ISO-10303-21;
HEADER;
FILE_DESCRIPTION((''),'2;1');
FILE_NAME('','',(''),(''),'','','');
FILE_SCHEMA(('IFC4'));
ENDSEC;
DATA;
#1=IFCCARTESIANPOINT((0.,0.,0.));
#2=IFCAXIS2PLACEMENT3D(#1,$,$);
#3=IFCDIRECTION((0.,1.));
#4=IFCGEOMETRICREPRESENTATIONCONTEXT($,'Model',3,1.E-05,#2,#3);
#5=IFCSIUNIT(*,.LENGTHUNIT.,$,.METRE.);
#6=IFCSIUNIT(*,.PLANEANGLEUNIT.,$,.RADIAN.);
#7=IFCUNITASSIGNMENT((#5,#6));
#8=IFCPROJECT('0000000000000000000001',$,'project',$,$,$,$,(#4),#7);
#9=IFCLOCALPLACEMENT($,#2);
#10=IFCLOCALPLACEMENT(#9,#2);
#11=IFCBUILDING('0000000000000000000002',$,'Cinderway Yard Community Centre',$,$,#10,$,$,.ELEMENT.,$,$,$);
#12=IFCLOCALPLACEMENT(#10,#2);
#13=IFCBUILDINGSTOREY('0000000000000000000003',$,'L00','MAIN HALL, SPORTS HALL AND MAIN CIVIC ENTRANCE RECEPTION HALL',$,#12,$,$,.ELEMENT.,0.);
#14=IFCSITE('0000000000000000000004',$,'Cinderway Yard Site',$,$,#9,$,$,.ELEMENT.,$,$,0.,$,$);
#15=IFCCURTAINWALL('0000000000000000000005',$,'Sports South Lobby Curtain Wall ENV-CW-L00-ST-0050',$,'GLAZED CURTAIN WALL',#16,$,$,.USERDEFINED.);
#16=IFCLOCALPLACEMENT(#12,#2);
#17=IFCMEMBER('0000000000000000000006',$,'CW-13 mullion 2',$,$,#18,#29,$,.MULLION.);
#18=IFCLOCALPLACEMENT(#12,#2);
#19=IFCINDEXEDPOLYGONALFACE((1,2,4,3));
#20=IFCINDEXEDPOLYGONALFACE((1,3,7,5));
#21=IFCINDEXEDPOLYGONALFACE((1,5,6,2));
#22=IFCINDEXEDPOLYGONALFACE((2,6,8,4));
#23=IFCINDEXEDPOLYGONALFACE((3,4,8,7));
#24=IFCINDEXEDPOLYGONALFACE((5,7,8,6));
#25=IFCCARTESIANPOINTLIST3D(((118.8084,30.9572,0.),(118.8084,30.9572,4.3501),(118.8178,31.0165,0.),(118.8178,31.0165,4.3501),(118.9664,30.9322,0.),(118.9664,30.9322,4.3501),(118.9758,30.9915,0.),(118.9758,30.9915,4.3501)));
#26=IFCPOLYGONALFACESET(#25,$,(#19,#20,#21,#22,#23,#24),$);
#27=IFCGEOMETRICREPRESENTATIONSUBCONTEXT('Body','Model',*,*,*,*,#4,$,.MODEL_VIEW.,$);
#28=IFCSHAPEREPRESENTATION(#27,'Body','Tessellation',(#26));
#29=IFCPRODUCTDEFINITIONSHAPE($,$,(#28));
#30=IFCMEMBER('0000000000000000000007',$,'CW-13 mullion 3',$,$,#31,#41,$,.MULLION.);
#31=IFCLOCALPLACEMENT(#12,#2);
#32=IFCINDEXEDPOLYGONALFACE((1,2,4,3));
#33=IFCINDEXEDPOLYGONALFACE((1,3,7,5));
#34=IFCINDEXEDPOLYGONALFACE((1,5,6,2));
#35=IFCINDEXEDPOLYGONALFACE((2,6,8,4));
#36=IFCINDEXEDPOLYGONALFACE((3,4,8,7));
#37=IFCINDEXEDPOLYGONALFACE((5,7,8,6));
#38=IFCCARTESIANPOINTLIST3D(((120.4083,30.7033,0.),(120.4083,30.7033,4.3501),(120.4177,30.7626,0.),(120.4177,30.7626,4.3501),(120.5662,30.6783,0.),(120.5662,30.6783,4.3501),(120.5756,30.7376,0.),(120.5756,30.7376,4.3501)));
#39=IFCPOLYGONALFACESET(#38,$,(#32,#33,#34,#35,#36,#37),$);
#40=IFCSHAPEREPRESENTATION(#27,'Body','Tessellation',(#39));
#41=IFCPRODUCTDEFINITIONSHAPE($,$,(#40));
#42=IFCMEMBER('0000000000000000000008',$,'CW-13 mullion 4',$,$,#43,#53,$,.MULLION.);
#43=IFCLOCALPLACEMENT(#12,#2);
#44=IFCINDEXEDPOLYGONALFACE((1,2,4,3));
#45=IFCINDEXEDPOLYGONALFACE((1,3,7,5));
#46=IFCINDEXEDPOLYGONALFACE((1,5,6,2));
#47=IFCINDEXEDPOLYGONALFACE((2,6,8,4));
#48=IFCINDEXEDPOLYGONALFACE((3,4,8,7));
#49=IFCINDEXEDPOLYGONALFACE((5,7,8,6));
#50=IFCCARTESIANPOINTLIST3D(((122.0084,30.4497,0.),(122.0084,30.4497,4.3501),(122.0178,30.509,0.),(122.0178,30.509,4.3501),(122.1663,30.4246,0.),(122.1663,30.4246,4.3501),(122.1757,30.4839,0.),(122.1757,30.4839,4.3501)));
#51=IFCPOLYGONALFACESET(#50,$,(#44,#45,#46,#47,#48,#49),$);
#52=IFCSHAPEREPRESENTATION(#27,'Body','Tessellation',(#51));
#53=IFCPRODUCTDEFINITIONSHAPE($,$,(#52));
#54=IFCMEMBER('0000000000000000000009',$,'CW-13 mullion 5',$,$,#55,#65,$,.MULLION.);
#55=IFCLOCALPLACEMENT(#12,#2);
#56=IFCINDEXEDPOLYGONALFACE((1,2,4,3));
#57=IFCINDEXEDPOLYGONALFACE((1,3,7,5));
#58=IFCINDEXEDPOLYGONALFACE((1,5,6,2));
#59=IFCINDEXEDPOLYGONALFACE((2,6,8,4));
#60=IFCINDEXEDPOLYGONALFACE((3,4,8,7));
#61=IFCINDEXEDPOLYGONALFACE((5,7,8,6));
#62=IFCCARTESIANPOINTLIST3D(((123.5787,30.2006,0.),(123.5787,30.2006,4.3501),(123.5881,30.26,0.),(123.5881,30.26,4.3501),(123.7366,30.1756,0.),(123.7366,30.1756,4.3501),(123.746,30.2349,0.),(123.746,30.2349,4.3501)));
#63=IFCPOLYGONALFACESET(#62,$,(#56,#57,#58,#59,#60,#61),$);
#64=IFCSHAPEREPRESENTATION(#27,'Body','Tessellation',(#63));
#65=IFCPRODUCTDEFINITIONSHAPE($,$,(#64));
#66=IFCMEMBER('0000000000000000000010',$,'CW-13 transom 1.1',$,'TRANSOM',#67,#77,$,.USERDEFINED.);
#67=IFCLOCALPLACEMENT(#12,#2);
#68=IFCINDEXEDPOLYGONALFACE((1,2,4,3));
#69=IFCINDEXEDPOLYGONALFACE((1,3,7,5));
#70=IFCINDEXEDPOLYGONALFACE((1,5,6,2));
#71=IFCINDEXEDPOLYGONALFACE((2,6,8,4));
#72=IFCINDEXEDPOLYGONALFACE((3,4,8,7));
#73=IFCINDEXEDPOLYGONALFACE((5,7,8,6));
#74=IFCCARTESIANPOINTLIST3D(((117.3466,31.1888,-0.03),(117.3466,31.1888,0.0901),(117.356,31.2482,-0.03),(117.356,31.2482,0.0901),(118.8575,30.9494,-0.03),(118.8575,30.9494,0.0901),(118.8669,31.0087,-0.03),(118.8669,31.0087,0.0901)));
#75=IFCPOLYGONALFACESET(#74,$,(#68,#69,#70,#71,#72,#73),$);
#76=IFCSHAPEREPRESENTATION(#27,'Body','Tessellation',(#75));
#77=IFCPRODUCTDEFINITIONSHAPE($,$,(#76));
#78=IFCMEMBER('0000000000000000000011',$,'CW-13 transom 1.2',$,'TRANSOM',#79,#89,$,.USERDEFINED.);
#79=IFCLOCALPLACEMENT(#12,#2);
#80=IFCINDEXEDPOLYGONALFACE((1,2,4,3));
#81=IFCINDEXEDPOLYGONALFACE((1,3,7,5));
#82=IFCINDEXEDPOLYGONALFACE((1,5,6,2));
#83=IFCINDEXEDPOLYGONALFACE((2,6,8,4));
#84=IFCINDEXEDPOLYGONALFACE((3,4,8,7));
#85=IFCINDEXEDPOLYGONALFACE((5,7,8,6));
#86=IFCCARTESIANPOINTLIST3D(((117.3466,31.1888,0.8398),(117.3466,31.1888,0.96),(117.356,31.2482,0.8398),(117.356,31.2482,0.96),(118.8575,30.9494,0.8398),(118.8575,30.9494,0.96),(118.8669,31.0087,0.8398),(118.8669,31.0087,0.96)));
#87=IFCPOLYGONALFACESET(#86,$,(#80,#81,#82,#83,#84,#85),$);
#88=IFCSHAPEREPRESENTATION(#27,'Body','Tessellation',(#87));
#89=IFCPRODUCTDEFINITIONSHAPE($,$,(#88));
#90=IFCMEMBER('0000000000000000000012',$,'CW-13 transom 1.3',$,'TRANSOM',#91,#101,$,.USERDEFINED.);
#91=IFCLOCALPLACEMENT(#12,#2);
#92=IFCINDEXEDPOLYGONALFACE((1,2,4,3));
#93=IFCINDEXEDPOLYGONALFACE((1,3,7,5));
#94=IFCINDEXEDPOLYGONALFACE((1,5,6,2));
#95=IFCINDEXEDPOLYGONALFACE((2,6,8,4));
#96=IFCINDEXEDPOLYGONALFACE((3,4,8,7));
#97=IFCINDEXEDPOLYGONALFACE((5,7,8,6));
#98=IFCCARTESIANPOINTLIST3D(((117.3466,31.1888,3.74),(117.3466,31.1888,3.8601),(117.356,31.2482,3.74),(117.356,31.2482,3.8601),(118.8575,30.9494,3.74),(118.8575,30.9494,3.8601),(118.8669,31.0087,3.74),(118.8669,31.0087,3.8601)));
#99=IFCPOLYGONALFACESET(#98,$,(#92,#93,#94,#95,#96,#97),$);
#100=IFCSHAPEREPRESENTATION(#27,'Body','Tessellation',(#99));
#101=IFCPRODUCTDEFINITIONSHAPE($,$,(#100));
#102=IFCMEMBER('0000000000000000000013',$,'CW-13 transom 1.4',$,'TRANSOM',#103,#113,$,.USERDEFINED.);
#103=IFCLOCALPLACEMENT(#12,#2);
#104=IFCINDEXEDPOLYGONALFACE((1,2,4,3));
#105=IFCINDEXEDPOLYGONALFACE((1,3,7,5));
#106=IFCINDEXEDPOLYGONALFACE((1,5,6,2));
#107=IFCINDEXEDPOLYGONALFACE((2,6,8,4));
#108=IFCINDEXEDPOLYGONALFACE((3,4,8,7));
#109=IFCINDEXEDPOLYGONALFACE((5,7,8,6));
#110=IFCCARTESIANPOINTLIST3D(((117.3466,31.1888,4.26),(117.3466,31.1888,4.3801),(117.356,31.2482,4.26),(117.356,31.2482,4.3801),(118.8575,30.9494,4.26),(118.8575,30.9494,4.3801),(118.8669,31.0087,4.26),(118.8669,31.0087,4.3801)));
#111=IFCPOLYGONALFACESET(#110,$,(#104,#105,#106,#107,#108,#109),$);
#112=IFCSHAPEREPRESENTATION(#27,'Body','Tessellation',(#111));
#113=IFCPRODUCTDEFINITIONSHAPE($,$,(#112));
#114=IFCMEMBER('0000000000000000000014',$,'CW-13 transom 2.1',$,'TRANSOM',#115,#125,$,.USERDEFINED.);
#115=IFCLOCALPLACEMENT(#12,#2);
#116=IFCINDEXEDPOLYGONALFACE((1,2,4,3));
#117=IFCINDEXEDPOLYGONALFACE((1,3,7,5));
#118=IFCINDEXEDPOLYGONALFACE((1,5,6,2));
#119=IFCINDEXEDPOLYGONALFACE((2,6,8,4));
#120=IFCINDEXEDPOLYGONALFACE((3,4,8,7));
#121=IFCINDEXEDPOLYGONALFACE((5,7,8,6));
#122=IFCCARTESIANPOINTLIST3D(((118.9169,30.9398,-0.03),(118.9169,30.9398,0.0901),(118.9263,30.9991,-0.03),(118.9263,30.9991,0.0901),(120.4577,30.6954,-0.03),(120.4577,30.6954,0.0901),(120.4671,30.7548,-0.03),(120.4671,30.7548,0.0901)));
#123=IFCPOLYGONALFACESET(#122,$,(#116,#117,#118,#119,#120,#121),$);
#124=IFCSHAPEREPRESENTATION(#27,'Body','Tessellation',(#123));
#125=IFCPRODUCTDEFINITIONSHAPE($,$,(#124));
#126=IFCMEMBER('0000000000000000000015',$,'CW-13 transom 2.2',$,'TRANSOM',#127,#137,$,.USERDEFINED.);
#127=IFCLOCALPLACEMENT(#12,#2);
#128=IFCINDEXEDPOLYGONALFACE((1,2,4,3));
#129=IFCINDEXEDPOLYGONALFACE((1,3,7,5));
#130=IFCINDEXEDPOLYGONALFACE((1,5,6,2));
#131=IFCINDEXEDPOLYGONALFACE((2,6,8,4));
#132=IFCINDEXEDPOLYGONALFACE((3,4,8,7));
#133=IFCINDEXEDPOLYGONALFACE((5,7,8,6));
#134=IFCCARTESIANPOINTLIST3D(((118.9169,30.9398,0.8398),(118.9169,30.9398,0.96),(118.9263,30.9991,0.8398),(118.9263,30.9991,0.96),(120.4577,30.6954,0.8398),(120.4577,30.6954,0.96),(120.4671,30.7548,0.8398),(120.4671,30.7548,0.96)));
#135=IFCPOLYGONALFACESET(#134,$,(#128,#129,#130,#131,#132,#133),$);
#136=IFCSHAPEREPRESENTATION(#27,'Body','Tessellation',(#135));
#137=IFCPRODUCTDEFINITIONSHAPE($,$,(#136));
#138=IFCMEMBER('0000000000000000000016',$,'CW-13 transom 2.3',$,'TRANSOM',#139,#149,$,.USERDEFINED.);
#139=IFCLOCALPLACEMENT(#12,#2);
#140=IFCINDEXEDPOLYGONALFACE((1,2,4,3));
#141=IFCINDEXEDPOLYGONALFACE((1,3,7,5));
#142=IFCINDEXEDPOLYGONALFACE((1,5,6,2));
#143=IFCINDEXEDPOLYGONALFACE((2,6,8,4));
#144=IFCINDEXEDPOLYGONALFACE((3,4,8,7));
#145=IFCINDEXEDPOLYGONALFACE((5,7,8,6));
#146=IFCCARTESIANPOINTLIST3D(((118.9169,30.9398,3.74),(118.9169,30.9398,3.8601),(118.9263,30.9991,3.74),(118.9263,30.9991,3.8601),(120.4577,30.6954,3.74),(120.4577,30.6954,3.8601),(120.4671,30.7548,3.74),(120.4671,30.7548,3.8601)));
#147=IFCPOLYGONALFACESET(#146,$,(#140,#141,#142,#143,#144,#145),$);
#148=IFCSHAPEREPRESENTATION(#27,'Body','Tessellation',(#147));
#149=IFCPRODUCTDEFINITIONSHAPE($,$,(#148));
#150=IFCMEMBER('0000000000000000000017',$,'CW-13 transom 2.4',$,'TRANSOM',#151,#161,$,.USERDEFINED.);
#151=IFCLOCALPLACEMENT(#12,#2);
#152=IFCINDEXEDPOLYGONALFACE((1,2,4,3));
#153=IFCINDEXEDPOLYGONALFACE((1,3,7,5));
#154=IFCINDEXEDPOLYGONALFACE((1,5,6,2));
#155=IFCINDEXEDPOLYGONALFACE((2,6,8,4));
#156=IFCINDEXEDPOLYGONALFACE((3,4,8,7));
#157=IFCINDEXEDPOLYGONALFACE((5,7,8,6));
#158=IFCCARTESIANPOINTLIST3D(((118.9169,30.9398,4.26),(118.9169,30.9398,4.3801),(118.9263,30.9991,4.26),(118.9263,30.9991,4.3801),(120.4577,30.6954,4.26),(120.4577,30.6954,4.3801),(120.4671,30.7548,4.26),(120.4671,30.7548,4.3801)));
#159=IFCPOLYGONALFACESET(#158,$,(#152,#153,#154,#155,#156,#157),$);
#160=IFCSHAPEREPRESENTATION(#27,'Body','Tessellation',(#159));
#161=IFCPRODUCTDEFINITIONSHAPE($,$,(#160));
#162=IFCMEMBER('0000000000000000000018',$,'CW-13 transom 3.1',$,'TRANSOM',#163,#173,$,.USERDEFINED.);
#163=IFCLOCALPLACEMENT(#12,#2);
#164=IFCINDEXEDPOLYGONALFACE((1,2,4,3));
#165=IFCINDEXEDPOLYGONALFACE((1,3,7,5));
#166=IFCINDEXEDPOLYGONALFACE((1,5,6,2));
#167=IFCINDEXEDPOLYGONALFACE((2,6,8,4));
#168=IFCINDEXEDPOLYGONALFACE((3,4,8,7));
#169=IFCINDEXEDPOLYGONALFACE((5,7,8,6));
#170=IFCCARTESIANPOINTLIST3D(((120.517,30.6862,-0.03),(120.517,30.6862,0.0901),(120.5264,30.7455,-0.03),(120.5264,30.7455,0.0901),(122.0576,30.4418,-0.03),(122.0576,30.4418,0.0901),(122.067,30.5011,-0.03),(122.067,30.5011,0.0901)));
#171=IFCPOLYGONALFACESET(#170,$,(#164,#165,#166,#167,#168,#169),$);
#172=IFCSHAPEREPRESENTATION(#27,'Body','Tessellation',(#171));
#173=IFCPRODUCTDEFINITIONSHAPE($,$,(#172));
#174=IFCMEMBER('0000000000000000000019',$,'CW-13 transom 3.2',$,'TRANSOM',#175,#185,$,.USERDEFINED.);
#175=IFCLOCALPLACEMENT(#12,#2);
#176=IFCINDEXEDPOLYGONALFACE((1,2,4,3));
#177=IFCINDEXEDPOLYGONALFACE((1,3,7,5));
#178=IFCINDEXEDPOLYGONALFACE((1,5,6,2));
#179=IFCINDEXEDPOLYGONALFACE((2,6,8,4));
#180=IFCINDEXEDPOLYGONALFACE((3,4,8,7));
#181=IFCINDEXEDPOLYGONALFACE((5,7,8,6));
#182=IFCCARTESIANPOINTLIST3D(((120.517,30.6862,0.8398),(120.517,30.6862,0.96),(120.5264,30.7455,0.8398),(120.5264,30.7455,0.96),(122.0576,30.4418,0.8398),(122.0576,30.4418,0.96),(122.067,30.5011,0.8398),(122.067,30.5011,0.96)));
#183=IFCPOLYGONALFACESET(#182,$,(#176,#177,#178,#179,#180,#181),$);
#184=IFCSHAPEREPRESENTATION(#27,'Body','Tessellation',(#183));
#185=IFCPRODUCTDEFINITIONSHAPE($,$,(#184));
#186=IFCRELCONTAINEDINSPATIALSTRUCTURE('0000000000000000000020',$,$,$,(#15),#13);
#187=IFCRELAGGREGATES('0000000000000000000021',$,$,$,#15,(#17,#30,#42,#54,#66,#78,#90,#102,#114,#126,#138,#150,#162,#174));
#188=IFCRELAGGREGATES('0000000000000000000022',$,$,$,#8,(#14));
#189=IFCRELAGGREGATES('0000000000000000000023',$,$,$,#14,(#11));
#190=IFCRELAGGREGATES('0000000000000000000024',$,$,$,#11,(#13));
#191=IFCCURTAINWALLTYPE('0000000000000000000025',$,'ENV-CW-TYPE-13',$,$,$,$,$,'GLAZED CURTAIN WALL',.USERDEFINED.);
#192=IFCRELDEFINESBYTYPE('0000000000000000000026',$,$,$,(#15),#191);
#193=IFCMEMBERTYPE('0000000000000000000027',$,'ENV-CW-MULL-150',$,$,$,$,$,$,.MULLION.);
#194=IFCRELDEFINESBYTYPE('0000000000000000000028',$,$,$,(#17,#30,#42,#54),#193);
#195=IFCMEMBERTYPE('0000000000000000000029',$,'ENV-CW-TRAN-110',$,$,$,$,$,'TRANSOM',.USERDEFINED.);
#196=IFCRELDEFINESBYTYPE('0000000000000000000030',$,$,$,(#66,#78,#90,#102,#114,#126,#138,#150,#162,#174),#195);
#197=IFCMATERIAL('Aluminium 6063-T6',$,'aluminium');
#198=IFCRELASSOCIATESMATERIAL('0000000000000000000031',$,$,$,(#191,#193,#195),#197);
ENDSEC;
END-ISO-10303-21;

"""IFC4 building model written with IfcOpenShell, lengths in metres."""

from ifc_helpers import new_model, si_unit, direction, frame, origin, origin_2d, place, context, subcontext, project, spatial, rectangle, extrude, material, material_profile, profile_set, type_object, element, aggregate, save


model = new_model("IFC4")

# Units and contexts
model_context = context("Model", 3, precision=1e-05, world=origin(), true_north=direction((0.0, 1.0)))
body_context = subcontext(model_context, "Body", "Model", "MODEL_VIEW")
ifc_project = project(units=[si_unit("LENGTHUNIT", "METRE"), si_unit("PLANEANGLEUNIT", "RADIAN")], contexts=[model_context])

# Site, building, storey
site_placement = place(None, origin())
site = spatial("IfcSite", under=ifc_project, at=site_placement, Name="Cinderway Yard Site", CompositionType="ELEMENT", RefElevation=0.0)
building_placement = place(site_placement, origin())
building = spatial("IfcBuilding", under=site, at=building_placement, Name="Cinderway Yard Community Centre", CompositionType="ELEMENT")
storey_placement = place(building_placement, origin())
storey = spatial("IfcBuildingStorey", under=building, at=storey_placement, Name="L00", Description="MAIN HALL, SPORTS HALL AND MAIN CIVIC ENTRANCE RECEPTION HALL", CompositionType="ELEMENT", Elevation=0.0)

# Curtain wall, members
ifc_material_1 = material(Name="Aluminium 6063-T6", Category="aluminium")
curtain_wall_type = type_object("IfcCurtainWallType", Name="ENV-CW-TYPE-13", ElementType="GLAZED CURTAIN WALL", PredefinedType="USERDEFINED", material=ifc_material_1)
curtain_wall_placement = place(storey_placement, origin())
curtain_wall = element("IfcCurtainWall", 1, at=curtain_wall_placement, inside=storey, type_object=curtain_wall_type, Name="Sports South Lobby Curtain Wall ENV-CW-L00-ST-0050", ObjectType="GLAZED CURTAIN WALL", PredefinedType="USERDEFINED")
ifc_material_profile_1 = material_profile(ifc_material_1, rectangle(XDim=0.0601, YDim=0.1599, at=origin_2d()), Name="Aluminium 6063-T6")
ifc_profile_set_1 = profile_set([ifc_material_profile_1], Name="Aluminium 6063-T6")
member_type_1 = type_object("IfcMemberType", Name="ENV-CW-MULL-150", PredefinedType="MULLION", material=ifc_profile_set_1)
member_1_placement = place(storey_placement, frame((118.8921, 30.9744, 0.0), z_axis=(0.0, 0.0, 1.0), x_axis=(0.156636, 0.987656, 0.0)))
member_1 = element("IfcMember", 2, at=member_1_placement, type_object=member_type_1, Name="CW-13 mullion 2", PredefinedType="MULLION", context=body_context, shape_type="SweptSolid", body=[
    extrude(rectangle(XDim=0.0601, YDim=0.1599, at=origin_2d()), origin(), (0.0, 0.0, 1.0), 4.3501),
])
member_2_placement = place(storey_placement, frame((120.4919, 30.7205, 0.0), z_axis=(0.0, 0.0, 1.0), x_axis=(0.156636, 0.987656, 0.0)))
member_2 = element("IfcMember", 3, at=member_2_placement, type_object=member_type_1, Name="CW-13 mullion 3", PredefinedType="MULLION", context=body_context, shape_type="SweptSolid", body=[
    extrude(rectangle(XDim=0.0601, YDim=0.1599, at=origin_2d()), origin(), (0.0, 0.0, 1.0), 4.3501),
])
member_3_placement = place(storey_placement, frame((122.092, 30.4668, 0.0), z_axis=(0.0, 0.0, 1.0), x_axis=(0.156636, 0.987656, 0.0)))
member_3 = element("IfcMember", 4, at=member_3_placement, type_object=member_type_1, Name="CW-13 mullion 4", PredefinedType="MULLION", context=body_context, shape_type="SweptSolid", body=[
    extrude(rectangle(XDim=0.0601, YDim=0.1599, at=origin_2d()), origin(), (0.0, 0.0, 1.0), 4.3501),
])
member_4_placement = place(storey_placement, frame((123.6624, 30.2178, 0.0), z_axis=(0.0, 0.0, 1.0), x_axis=(0.156636, 0.987656, 0.0)))
member_4 = element("IfcMember", 5, at=member_4_placement, type_object=member_type_1, Name="CW-13 mullion 5", PredefinedType="MULLION", context=body_context, shape_type="SweptSolid", body=[
    extrude(rectangle(XDim=0.0601, YDim=0.1599, at=origin_2d()), origin(), (0.0, 0.0, 1.0), 4.3501),
])
ifc_material_profile_2 = material_profile(ifc_material_1, rectangle(XDim=0.0601, YDim=0.1201, at=origin_2d()), Name="Aluminium 6063-T6")
ifc_profile_set_2 = profile_set([ifc_material_profile_2], Name="Aluminium 6063-T6")
member_type_2 = type_object("IfcMemberType", Name="ENV-CW-TRAN-110", ElementType="TRANSOM", PredefinedType="USERDEFINED", material=ifc_profile_set_2)
member_5_placement = place(storey_placement, frame((117.3513, 31.2185, 0.03), z_axis=(0.98767, -0.156553, 0.0), x_axis=(0.156553, 0.98767, 0.0)))
member_5 = element("IfcMember", 6, at=member_5_placement, type_object=member_type_2, Name="CW-13 transom 1.1", ObjectType="TRANSOM", PredefinedType="USERDEFINED", context=body_context, shape_type="SweptSolid", body=[
    extrude(rectangle(XDim=0.0601, YDim=0.1201, at=origin_2d()), origin(), (0.0, 0.0, 1.0), 1.5298),
])
member_6_placement = place(storey_placement, frame((117.3513, 31.2185, 0.8999), z_axis=(0.98767, -0.156553, 0.0), x_axis=(0.156553, 0.98767, 0.0)))
member_6 = element("IfcMember", 7, at=member_6_placement, type_object=member_type_2, Name="CW-13 transom 1.2", ObjectType="TRANSOM", PredefinedType="USERDEFINED", context=body_context, shape_type="SweptSolid", body=[
    extrude(rectangle(XDim=0.0601, YDim=0.1201, at=origin_2d()), origin(), (0.0, 0.0, 1.0), 1.5298),
])
member_7_placement = place(storey_placement, frame((117.3513, 31.2185, 3.8), z_axis=(0.98767, -0.156553, 0.0), x_axis=(0.156553, 0.98767, 0.0)))
member_7 = element("IfcMember", 8, at=member_7_placement, type_object=member_type_2, Name="CW-13 transom 1.3", ObjectType="TRANSOM", PredefinedType="USERDEFINED", context=body_context, shape_type="SweptSolid", body=[
    extrude(rectangle(XDim=0.0601, YDim=0.1201, at=origin_2d()), origin(), (0.0, 0.0, 1.0), 1.5298),
])
member_8_placement = place(storey_placement, frame((117.3513, 31.2185, 4.3201), z_axis=(0.98767, -0.156553, 0.0), x_axis=(0.156553, 0.98767, 0.0)))
member_8 = element("IfcMember", 9, at=member_8_placement, type_object=member_type_2, Name="CW-13 transom 1.4", ObjectType="TRANSOM", PredefinedType="USERDEFINED", context=body_context, shape_type="SweptSolid", body=[
    extrude(rectangle(XDim=0.0601, YDim=0.1201, at=origin_2d()), origin(), (0.0, 0.0, 1.0), 1.5298),
])
member_9_placement = place(storey_placement, frame((118.9216, 30.9695, 0.03), z_axis=(0.987654, -0.156654, 0.0), x_axis=(0.156654, 0.987654, 0.0)))
member_9 = element("IfcMember", 10, at=member_9_placement, type_object=member_type_2, Name="CW-13 transom 2.1", ObjectType="TRANSOM", PredefinedType="USERDEFINED", context=body_context, shape_type="SweptSolid", body=[
    extrude(rectangle(XDim=0.0601, YDim=0.1201, at=origin_2d()), origin(), (0.0, 0.0, 1.0), 1.5601),
])
member_10_placement = place(storey_placement, frame((118.9216, 30.9695, 0.8999), z_axis=(0.987654, -0.156654, 0.0), x_axis=(0.156654, 0.987654, 0.0)))
member_10 = element("IfcMember", 11, at=member_10_placement, type_object=member_type_2, Name="CW-13 transom 2.2", ObjectType="TRANSOM", PredefinedType="USERDEFINED", context=body_context, shape_type="SweptSolid", body=[
    extrude(rectangle(XDim=0.0601, YDim=0.1201, at=origin_2d()), origin(), (0.0, 0.0, 1.0), 1.5601),
])
member_11_placement = place(storey_placement, frame((118.9216, 30.9695, 3.8), z_axis=(0.987654, -0.156654, 0.0), x_axis=(0.156654, 0.987654, 0.0)))
member_11 = element("IfcMember", 12, at=member_11_placement, type_object=member_type_2, Name="CW-13 transom 2.3", ObjectType="TRANSOM", PredefinedType="USERDEFINED", context=body_context, shape_type="SweptSolid", body=[
    extrude(rectangle(XDim=0.0601, YDim=0.1201, at=origin_2d()), origin(), (0.0, 0.0, 1.0), 1.5601),
])
member_12_placement = place(storey_placement, frame((118.9216, 30.9695, 4.3201), z_axis=(0.987654, -0.156654, 0.0), x_axis=(0.156654, 0.987654, 0.0)))
member_12 = element("IfcMember", 13, at=member_12_placement, type_object=member_type_2, Name="CW-13 transom 2.4", ObjectType="TRANSOM", PredefinedType="USERDEFINED", context=body_context, shape_type="SweptSolid", body=[
    extrude(rectangle(XDim=0.0601, YDim=0.1201, at=origin_2d()), origin(), (0.0, 0.0, 1.0), 1.5601),
])
member_13_placement = place(storey_placement, frame((120.5217, 30.7158, 0.03), z_axis=(0.98765, -0.156678, 0.0), x_axis=(0.156678, 0.98765, 0.0)))
member_13 = element("IfcMember", 14, at=member_13_placement, type_object=member_type_2, Name="CW-13 transom 3.1", ObjectType="TRANSOM", PredefinedType="USERDEFINED", context=body_context, shape_type="SweptSolid", body=[
    extrude(rectangle(XDim=0.0601, YDim=0.1201, at=origin_2d()), origin(), (0.0, 0.0, 1.0), 1.5598),
])
member_14_placement = place(storey_placement, frame((120.5217, 30.7158, 0.8999), z_axis=(0.98765, -0.156678, 0.0), x_axis=(0.156678, 0.98765, 0.0)))
member_14 = element("IfcMember", 15, at=member_14_placement, type_object=member_type_2, Name="CW-13 transom 3.2", ObjectType="TRANSOM", PredefinedType="USERDEFINED", context=body_context, shape_type="SweptSolid", body=[
    extrude(rectangle(XDim=0.0601, YDim=0.1201, at=origin_2d()), origin(), (0.0, 0.0, 1.0), 1.5598),
])
aggregate(curtain_wall, [member_1, member_2, member_3, member_4, member_5, member_6, member_7, member_8, member_9, member_10, member_11, member_12, member_13, member_14])

save(model, "model.ifc")
